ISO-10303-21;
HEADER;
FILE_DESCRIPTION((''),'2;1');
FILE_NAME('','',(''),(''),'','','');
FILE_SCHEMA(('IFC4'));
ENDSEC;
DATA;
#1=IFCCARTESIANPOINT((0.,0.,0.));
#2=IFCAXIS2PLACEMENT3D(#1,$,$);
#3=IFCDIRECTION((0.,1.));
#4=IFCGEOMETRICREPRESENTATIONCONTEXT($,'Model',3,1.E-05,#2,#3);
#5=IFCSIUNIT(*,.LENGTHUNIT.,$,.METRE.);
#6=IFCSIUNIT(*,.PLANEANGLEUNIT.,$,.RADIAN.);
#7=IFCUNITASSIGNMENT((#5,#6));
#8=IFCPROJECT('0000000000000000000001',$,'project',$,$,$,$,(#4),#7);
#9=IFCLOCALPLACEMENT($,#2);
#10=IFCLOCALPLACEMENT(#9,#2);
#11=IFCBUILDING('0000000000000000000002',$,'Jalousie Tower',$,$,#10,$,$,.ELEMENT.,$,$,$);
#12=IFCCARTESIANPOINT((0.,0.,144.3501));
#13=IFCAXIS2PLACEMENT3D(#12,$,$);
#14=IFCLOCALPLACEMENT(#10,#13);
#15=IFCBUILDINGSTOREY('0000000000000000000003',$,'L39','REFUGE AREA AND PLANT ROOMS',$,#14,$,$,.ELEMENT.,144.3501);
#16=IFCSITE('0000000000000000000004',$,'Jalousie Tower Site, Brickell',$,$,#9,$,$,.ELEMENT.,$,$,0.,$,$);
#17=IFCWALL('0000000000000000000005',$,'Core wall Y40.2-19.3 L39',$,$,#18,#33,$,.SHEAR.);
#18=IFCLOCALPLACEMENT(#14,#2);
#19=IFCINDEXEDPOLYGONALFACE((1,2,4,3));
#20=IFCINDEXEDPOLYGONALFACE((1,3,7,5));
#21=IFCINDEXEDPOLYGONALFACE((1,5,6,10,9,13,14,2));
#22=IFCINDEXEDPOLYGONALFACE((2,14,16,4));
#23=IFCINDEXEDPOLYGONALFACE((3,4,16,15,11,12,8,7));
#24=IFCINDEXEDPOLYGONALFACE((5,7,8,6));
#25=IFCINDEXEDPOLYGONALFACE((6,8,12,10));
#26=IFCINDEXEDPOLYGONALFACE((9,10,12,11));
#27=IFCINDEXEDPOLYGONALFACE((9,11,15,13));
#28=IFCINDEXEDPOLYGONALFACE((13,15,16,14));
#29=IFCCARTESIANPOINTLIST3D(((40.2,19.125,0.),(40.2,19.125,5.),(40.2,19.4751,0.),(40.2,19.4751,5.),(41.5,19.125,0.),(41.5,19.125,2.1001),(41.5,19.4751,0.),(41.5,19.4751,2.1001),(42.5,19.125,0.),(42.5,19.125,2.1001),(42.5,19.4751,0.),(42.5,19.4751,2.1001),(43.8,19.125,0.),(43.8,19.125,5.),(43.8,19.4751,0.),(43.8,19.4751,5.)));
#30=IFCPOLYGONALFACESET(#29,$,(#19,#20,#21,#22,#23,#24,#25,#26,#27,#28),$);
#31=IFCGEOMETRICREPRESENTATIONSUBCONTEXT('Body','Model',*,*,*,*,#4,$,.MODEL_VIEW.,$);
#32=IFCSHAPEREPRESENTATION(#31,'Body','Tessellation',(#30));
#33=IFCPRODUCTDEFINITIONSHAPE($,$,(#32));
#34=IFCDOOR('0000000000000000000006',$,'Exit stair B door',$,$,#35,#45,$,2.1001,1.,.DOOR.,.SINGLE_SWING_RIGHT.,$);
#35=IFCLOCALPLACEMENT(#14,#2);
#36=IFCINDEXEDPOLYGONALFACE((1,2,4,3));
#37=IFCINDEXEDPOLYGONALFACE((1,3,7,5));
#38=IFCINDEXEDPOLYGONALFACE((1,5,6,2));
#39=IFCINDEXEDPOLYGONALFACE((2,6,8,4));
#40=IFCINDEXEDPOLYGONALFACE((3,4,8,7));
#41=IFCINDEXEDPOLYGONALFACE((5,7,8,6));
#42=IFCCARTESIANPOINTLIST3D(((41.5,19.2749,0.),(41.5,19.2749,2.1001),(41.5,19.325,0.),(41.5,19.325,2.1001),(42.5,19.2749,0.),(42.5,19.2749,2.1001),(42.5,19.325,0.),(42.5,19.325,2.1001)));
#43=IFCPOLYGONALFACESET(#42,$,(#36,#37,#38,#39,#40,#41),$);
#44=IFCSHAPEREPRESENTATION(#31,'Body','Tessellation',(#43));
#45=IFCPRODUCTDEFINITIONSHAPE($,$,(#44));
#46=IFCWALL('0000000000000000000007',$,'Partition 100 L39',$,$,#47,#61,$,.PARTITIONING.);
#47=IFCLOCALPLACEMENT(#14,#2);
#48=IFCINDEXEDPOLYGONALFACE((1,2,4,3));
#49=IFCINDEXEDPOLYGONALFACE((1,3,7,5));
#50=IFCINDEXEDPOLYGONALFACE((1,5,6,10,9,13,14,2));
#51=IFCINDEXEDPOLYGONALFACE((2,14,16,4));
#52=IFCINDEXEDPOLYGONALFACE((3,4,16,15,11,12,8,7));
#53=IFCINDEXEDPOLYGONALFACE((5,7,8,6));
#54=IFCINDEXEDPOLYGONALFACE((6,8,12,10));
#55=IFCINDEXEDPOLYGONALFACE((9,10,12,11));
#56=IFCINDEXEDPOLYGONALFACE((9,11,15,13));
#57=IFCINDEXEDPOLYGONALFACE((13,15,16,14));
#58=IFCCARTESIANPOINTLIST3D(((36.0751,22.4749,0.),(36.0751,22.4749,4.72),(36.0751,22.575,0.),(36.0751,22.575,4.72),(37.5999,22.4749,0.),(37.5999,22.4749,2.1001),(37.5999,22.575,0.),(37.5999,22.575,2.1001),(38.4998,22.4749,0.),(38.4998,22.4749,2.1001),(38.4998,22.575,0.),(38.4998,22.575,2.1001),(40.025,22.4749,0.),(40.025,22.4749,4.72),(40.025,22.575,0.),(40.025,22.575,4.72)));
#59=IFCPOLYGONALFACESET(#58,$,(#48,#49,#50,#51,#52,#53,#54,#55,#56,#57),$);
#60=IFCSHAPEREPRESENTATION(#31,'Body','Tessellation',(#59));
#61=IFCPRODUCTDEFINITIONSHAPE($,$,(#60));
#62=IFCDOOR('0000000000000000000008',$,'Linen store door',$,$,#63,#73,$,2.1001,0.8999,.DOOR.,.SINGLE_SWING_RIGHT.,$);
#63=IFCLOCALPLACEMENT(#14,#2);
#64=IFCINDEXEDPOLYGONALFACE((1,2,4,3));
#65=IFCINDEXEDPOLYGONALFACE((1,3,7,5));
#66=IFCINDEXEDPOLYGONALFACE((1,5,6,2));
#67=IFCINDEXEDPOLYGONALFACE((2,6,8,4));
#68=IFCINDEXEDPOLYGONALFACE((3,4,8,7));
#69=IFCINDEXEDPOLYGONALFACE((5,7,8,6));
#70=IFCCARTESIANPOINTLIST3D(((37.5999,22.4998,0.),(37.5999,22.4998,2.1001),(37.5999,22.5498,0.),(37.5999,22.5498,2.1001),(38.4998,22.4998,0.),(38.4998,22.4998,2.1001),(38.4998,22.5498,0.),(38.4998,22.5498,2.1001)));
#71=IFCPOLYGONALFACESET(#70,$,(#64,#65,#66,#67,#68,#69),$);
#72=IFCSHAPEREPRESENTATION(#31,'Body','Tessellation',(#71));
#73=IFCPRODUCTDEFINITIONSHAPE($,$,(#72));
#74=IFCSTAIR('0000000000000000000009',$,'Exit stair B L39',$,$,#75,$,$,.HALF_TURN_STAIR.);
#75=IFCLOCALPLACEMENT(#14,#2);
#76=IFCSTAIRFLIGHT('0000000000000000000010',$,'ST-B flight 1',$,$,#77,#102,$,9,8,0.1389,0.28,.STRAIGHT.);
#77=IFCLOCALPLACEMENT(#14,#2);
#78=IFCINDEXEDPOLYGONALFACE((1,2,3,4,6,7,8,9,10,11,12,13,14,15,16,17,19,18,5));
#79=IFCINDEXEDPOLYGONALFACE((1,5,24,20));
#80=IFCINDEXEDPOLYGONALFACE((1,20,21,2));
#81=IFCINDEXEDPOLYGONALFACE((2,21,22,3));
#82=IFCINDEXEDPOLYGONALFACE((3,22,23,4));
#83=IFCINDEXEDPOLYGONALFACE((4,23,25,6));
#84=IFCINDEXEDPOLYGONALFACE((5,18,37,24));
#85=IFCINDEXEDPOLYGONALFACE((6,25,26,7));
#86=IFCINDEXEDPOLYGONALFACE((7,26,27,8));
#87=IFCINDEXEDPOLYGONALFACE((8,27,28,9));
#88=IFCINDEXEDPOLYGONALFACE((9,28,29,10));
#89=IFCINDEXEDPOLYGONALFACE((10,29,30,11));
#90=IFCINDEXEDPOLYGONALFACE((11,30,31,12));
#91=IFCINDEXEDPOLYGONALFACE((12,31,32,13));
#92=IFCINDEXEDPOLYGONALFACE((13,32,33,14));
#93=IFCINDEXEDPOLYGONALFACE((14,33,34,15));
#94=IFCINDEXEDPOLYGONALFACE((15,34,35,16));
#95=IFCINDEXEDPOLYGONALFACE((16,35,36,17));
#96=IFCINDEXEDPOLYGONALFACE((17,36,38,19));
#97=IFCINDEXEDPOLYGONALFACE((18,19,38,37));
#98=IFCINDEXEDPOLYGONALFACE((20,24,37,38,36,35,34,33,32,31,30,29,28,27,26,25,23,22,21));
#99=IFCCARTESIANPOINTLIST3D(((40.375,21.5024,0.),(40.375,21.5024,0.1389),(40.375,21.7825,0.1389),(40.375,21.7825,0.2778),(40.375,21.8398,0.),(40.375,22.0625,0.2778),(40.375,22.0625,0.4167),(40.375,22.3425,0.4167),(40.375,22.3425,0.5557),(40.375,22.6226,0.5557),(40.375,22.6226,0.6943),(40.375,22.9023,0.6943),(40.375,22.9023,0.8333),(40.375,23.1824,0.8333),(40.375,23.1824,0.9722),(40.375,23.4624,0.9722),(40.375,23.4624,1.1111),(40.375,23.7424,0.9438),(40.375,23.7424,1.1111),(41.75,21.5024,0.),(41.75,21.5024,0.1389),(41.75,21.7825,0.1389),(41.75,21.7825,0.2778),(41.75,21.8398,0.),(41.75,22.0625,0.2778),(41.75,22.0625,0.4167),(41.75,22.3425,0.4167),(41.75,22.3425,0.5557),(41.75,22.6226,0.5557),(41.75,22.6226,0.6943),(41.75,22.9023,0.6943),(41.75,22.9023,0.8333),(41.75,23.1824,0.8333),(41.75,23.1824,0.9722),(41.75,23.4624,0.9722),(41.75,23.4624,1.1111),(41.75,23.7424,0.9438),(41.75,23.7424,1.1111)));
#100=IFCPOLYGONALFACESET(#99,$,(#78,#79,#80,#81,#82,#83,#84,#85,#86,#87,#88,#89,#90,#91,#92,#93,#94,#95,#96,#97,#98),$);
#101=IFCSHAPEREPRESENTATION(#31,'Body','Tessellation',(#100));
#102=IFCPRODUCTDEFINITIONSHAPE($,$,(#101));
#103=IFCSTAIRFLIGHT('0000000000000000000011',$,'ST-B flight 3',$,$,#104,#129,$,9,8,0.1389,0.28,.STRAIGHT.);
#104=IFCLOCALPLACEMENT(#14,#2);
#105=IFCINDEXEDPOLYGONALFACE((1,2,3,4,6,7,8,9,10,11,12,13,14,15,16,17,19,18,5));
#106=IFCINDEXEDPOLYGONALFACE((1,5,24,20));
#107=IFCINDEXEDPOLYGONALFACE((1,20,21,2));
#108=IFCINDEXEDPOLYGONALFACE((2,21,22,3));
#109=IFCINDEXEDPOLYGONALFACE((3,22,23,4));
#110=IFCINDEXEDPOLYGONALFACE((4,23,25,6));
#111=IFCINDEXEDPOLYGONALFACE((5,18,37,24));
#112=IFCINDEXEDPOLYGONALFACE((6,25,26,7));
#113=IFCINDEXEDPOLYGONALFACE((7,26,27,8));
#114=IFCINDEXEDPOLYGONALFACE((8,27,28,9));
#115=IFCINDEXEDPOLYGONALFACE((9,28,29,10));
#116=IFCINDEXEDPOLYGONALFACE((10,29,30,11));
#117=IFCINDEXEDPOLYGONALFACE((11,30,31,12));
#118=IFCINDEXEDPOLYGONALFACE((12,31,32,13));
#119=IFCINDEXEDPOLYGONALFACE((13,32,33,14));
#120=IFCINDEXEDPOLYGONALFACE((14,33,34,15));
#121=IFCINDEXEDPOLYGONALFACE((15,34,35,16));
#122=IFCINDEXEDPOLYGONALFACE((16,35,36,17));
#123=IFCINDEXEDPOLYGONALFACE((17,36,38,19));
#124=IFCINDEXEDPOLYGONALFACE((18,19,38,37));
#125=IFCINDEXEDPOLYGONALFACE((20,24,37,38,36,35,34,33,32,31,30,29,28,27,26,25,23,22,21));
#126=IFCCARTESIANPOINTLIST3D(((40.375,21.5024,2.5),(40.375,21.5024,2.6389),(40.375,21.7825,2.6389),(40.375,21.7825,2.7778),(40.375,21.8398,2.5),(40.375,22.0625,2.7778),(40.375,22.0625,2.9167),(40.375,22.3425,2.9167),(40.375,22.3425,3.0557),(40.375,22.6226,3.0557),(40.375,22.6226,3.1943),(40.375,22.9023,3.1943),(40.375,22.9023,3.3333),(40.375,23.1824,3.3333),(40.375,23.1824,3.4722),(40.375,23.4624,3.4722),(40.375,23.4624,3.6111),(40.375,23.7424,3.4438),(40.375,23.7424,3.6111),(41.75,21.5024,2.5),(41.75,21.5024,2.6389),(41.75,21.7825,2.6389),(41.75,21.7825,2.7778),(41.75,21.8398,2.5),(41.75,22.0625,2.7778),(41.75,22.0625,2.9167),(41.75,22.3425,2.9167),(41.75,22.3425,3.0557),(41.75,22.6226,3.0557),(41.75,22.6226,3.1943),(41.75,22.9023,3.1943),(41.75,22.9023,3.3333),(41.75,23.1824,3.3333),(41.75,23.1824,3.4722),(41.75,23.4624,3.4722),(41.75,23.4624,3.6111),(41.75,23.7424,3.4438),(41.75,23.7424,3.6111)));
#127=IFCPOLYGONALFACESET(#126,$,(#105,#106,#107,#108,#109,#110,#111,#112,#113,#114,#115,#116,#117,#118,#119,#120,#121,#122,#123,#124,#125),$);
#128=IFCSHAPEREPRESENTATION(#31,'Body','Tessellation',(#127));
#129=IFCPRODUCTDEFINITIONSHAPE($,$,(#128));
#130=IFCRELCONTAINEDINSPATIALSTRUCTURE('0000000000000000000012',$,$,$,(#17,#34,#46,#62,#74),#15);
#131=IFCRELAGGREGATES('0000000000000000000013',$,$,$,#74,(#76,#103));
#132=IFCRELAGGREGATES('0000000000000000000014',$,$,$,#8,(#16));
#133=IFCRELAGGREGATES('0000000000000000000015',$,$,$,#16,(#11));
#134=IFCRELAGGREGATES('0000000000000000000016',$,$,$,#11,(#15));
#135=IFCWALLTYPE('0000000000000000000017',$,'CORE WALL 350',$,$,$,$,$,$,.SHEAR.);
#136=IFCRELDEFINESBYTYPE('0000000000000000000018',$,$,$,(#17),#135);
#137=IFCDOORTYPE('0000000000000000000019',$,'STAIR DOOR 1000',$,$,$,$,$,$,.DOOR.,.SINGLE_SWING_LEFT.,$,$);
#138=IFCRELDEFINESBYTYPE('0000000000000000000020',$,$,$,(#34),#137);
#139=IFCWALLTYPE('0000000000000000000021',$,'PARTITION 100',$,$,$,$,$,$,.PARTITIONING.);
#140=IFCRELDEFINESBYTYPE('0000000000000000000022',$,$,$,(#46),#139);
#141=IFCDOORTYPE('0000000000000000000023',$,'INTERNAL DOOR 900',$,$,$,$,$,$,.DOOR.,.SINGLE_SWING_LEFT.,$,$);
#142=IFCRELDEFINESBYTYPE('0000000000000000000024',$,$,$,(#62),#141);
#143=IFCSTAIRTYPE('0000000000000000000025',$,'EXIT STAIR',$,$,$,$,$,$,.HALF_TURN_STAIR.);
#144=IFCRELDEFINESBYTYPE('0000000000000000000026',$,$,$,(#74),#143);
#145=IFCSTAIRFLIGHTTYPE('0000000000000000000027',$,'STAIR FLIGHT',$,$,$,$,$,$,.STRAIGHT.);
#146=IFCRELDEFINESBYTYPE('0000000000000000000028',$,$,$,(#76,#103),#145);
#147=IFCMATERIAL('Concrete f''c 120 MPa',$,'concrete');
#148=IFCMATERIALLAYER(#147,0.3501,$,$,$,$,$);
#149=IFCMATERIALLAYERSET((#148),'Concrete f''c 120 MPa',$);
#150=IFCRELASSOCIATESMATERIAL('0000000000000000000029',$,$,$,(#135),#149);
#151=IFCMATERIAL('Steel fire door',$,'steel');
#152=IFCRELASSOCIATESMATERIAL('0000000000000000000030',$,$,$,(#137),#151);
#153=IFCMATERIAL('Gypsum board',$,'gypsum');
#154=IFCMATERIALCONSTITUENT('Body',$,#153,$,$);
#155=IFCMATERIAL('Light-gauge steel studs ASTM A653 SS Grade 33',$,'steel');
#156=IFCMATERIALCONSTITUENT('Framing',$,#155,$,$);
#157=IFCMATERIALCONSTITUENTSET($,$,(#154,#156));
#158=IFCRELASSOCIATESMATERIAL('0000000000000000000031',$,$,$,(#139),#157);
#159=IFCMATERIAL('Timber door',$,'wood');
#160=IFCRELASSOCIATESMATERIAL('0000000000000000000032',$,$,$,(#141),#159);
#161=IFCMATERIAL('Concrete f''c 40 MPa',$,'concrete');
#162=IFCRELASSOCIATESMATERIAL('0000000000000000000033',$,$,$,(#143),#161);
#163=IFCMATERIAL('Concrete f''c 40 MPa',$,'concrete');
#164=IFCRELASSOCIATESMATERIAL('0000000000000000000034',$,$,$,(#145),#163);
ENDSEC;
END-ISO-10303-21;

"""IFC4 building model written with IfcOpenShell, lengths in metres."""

from ifc_helpers import new_model, si_unit, direction, frame, frame_2d, origin, place, context, subcontext, project, spatial, polyline, rectangle, outline, extrude, material, layer, layer_set, constituent, constituent_set, type_object, element, fill, aggregate, save


model = new_model("IFC4")

# Units and contexts
model_context = context("Model", 3, precision=1e-05, world=origin(), true_north=direction((0.0, 1.0)))
body_context = subcontext(model_context, "Body", "Model", "MODEL_VIEW")
ifc_project = project(units=[si_unit("LENGTHUNIT", "METRE"), si_unit("PLANEANGLEUNIT", "RADIAN")], contexts=[model_context])

# Site, building, storey
site_placement = place(None, origin())
site = spatial("IfcSite", under=ifc_project, at=site_placement, Name="Jalousie Tower Site, Brickell", CompositionType="ELEMENT", RefElevation=0.0)
building_placement = place(site_placement, origin())
building = spatial("IfcBuilding", under=site, at=building_placement, Name="Jalousie Tower", CompositionType="ELEMENT")
storey_placement = place(building_placement, frame((0.0, 0.0, 144.3501)))
storey = spatial("IfcBuildingStorey", under=building, at=storey_placement, Name="L39", Description="REFUGE AREA AND PLANT ROOMS", CompositionType="ELEMENT", Elevation=144.3501)

# Shared definitions
ifc_material_1 = material(Name="Concrete f'c 120 MPa", Category="concrete")
ifc_layer = layer(ifc_material_1, 0.3501)
ifc_layer_set = layer_set([ifc_layer], Name="Concrete f'c 120 MPa")
wall_type_1 = type_object("IfcWallType", Name="CORE WALL 350", PredefinedType="SHEAR", material=ifc_layer_set)

# Walls, openings, doors
wall_1_placement = place(storey_placement, frame((40.2, 19.3, 0.0), z_axis=(0.0, 0.0, 1.0), x_axis=(1.0, 0.0, 0.0)))
wall_1 = element("IfcWall", 1, at=wall_1_placement, inside=storey, type_object=wall_type_1, Name="Core wall Y40.2-19.3 L39", PredefinedType="SHEAR", context=body_context, shape_type="SweptSolid", body=[
    extrude(rectangle(XDim=3.6001, YDim=0.3501, at=frame_2d((1.8, 0.0))), origin(), (0.0, 0.0, 1.0), 5.0),
])
opening_1_placement = place(wall_1_placement, frame((1.3, 0.0, 0.0)))
opening_1 = element("IfcOpeningElement", 2, at=opening_1_placement, cuts=wall_1, PredefinedType="OPENING", context=body_context, shape_type="SweptSolid", body=[
    extrude(rectangle(XDim=1.0, YDim=2.1001, at=frame_2d((0.5, 1.05))), frame((0.0, 0.1851, 0.0), z_axis=(0.0, -1.0, 0.0), x_axis=(1.0, 0.0, 0.0)), (0.0, 0.0, 1.0), 0.3701),
])
ifc_material_2 = material(Name="Steel fire door", Category="steel")
door_type_1 = type_object("IfcDoorType", Name="STAIR DOOR 1000", OperationType="SINGLE_SWING_LEFT", PredefinedType="DOOR", material=ifc_material_2)
door_1_placement = place(opening_1_placement, origin())
door_1 = element("IfcDoor", 3, at=door_1_placement, inside=storey, type_object=door_type_1, Name="Exit stair B door", OperationType="SINGLE_SWING_RIGHT", OverallHeight=2.1001, OverallWidth=1.0, PredefinedType="DOOR", context=body_context, shape_type="SweptSolid", body=[
    extrude(rectangle(XDim=1.0, YDim=2.1001, at=frame_2d((0.5, 1.05))), frame((0.0, 0.0249, 0.0), z_axis=(0.0, -1.0, 0.0), x_axis=(1.0, 0.0, 0.0)), (0.0, 0.0, 1.0), 0.05),
])
fill(opening_1, door_1)
ifc_material_3 = material(Name="Gypsum board", Category="gypsum")
ifc_constituent_1 = constituent(ifc_material_3, Name="Body")
ifc_material_4 = material(Name="Light-gauge steel studs ASTM A653 SS Grade 33", Category="steel")
ifc_constituent_2 = constituent(ifc_material_4, Name="Framing")
ifc_constituent_set_1 = constituent_set(constituents=[ifc_constituent_1, ifc_constituent_2])
wall_type_2 = type_object("IfcWallType", Name="PARTITION 100", PredefinedType="PARTITIONING", material=ifc_constituent_set_1)
wall_2_placement = place(storey_placement, frame((36.075, 22.5249, 0.0), z_axis=(0.0, 0.0, 1.0), x_axis=(1.0, 0.0, 0.0)))
wall_2 = element("IfcWall", 4, at=wall_2_placement, inside=storey, type_object=wall_type_2, Name="Partition 100 L39", PredefinedType="PARTITIONING", context=body_context, shape_type="SweptSolid", body=[
    extrude(rectangle(XDim=3.95, YDim=0.1001, at=frame_2d((1.9751, 0.0))), origin(), (0.0, 0.0, 1.0), 4.72),
])
opening_2_placement = place(wall_2_placement, frame((1.5249, 0.0, 0.0)))
opening_2 = element("IfcOpeningElement", 5, at=opening_2_placement, cuts=wall_2, PredefinedType="OPENING", context=body_context, shape_type="SweptSolid", body=[
    extrude(rectangle(XDim=0.8999, YDim=2.1001, at=frame_2d((0.45, 1.05))), frame((0.0, 0.0601, 0.0), z_axis=(0.0, -1.0, 0.0), x_axis=(1.0, 0.0, 0.0)), (0.0, 0.0, 1.0), 0.1201),
])
ifc_material_5 = material(Name="Timber door", Category="wood")
door_type_2 = type_object("IfcDoorType", Name="INTERNAL DOOR 900", OperationType="SINGLE_SWING_LEFT", PredefinedType="DOOR", material=ifc_material_5)
door_2_placement = place(opening_2_placement, origin())
door_2 = element("IfcDoor", 6, at=door_2_placement, inside=storey, type_object=door_type_2, Name="Linen store door", OperationType="SINGLE_SWING_RIGHT", OverallHeight=2.1001, OverallWidth=0.8999, PredefinedType="DOOR", context=body_context, shape_type="SweptSolid", body=[
    extrude(rectangle(XDim=0.8999, YDim=2.1001, at=frame_2d((0.45, 1.05))), frame((0.0, 0.0249, 0.0), z_axis=(0.0, -1.0, 0.0), x_axis=(1.0, 0.0, 0.0)), (0.0, 0.0, 1.0), 0.05),
])
fill(opening_2, door_2)

# Stair, stair flights
ifc_material_6 = material(Name="Concrete f'c 40 MPa", Category="concrete")
stair_type = type_object("IfcStairType", Name="EXIT STAIR", PredefinedType="HALF_TURN_STAIR", material=ifc_material_6)
stair_placement = place(storey_placement, origin())
stair = element("IfcStair", 7, at=stair_placement, inside=storey, type_object=stair_type, Name="Exit stair B L39", PredefinedType="HALF_TURN_STAIR")
ifc_material_7 = material(Name="Concrete f'c 40 MPa", Category="concrete")
stair_flight_type = type_object("IfcStairFlightType", Name="STAIR FLIGHT", PredefinedType="STRAIGHT", material=ifc_material_7)
stair_flight_1_placement = place(storey_placement, frame((41.0625, 21.5024, 0.0), z_axis=(0.0, 0.0, 1.0), x_axis=(0.0, 1.0, 0.0)))
stair_flight_1 = element("IfcStairFlight", 8, at=stair_flight_1_placement, type_object=stair_flight_type, Name="ST-B flight 1", NumberOfRisers=9, NumberOfTreads=8, PredefinedType="STRAIGHT", RiserHeight=0.1389, TreadLength=0.28, context=body_context, shape_type="SweptSolid", body=[
    extrude(outline(polyline([(0.0, 0.0), (0.0, 0.1389), (0.28, 0.1389), (0.28, 0.2778), (0.5601, 0.2778), (0.5601, 0.4167), (0.8401, 0.4167), (0.8401, 0.5557), (1.1201, 0.5557), (1.1201, 0.6943), (1.3999, 0.6943), (1.3999, 0.8333), (1.6799, 0.8333), (1.6799, 0.9722), (1.96, 0.9722), (1.96, 1.1111), (2.24, 1.1111), (2.24, 1.25), (2.24, 0.9438), (0.3374, 0.0), (0.0, 0.0)])), frame((0.0, 0.6875, 0.0), z_axis=(0.0, -1.0, 0.0), x_axis=(1.0, 0.0, 0.0)), (0.0, 0.0, 1.0), 1.375),
])
stair_flight_2_placement = place(storey_placement, frame((41.0625, 21.5024, 2.5), z_axis=(0.0, 0.0, 1.0), x_axis=(0.0, 1.0, 0.0)))
stair_flight_2 = element("IfcStairFlight", 9, at=stair_flight_2_placement, type_object=stair_flight_type, Name="ST-B flight 3", NumberOfRisers=9, NumberOfTreads=8, PredefinedType="STRAIGHT", RiserHeight=0.1389, TreadLength=0.28, context=body_context, shape_type="SweptSolid", body=[
    extrude(outline(polyline([(0.0, 0.0), (0.0, 0.1389), (0.28, 0.1389), (0.28, 0.2778), (0.5601, 0.2778), (0.5601, 0.4167), (0.8401, 0.4167), (0.8401, 0.5557), (1.1201, 0.5557), (1.1201, 0.6943), (1.3999, 0.6943), (1.3999, 0.8333), (1.6799, 0.8333), (1.6799, 0.9722), (1.96, 0.9722), (1.96, 1.1111), (2.24, 1.1111), (2.24, 1.25), (2.24, 0.9438), (0.3374, 0.0), (0.0, 0.0)])), frame((0.0, 0.6875, 0.0), z_axis=(0.0, -1.0, 0.0), x_axis=(1.0, 0.0, 0.0)), (0.0, 0.0, 1.0), 1.375),
])
aggregate(stair, [stair_flight_1, stair_flight_2])

save(model, "model.ifc")
